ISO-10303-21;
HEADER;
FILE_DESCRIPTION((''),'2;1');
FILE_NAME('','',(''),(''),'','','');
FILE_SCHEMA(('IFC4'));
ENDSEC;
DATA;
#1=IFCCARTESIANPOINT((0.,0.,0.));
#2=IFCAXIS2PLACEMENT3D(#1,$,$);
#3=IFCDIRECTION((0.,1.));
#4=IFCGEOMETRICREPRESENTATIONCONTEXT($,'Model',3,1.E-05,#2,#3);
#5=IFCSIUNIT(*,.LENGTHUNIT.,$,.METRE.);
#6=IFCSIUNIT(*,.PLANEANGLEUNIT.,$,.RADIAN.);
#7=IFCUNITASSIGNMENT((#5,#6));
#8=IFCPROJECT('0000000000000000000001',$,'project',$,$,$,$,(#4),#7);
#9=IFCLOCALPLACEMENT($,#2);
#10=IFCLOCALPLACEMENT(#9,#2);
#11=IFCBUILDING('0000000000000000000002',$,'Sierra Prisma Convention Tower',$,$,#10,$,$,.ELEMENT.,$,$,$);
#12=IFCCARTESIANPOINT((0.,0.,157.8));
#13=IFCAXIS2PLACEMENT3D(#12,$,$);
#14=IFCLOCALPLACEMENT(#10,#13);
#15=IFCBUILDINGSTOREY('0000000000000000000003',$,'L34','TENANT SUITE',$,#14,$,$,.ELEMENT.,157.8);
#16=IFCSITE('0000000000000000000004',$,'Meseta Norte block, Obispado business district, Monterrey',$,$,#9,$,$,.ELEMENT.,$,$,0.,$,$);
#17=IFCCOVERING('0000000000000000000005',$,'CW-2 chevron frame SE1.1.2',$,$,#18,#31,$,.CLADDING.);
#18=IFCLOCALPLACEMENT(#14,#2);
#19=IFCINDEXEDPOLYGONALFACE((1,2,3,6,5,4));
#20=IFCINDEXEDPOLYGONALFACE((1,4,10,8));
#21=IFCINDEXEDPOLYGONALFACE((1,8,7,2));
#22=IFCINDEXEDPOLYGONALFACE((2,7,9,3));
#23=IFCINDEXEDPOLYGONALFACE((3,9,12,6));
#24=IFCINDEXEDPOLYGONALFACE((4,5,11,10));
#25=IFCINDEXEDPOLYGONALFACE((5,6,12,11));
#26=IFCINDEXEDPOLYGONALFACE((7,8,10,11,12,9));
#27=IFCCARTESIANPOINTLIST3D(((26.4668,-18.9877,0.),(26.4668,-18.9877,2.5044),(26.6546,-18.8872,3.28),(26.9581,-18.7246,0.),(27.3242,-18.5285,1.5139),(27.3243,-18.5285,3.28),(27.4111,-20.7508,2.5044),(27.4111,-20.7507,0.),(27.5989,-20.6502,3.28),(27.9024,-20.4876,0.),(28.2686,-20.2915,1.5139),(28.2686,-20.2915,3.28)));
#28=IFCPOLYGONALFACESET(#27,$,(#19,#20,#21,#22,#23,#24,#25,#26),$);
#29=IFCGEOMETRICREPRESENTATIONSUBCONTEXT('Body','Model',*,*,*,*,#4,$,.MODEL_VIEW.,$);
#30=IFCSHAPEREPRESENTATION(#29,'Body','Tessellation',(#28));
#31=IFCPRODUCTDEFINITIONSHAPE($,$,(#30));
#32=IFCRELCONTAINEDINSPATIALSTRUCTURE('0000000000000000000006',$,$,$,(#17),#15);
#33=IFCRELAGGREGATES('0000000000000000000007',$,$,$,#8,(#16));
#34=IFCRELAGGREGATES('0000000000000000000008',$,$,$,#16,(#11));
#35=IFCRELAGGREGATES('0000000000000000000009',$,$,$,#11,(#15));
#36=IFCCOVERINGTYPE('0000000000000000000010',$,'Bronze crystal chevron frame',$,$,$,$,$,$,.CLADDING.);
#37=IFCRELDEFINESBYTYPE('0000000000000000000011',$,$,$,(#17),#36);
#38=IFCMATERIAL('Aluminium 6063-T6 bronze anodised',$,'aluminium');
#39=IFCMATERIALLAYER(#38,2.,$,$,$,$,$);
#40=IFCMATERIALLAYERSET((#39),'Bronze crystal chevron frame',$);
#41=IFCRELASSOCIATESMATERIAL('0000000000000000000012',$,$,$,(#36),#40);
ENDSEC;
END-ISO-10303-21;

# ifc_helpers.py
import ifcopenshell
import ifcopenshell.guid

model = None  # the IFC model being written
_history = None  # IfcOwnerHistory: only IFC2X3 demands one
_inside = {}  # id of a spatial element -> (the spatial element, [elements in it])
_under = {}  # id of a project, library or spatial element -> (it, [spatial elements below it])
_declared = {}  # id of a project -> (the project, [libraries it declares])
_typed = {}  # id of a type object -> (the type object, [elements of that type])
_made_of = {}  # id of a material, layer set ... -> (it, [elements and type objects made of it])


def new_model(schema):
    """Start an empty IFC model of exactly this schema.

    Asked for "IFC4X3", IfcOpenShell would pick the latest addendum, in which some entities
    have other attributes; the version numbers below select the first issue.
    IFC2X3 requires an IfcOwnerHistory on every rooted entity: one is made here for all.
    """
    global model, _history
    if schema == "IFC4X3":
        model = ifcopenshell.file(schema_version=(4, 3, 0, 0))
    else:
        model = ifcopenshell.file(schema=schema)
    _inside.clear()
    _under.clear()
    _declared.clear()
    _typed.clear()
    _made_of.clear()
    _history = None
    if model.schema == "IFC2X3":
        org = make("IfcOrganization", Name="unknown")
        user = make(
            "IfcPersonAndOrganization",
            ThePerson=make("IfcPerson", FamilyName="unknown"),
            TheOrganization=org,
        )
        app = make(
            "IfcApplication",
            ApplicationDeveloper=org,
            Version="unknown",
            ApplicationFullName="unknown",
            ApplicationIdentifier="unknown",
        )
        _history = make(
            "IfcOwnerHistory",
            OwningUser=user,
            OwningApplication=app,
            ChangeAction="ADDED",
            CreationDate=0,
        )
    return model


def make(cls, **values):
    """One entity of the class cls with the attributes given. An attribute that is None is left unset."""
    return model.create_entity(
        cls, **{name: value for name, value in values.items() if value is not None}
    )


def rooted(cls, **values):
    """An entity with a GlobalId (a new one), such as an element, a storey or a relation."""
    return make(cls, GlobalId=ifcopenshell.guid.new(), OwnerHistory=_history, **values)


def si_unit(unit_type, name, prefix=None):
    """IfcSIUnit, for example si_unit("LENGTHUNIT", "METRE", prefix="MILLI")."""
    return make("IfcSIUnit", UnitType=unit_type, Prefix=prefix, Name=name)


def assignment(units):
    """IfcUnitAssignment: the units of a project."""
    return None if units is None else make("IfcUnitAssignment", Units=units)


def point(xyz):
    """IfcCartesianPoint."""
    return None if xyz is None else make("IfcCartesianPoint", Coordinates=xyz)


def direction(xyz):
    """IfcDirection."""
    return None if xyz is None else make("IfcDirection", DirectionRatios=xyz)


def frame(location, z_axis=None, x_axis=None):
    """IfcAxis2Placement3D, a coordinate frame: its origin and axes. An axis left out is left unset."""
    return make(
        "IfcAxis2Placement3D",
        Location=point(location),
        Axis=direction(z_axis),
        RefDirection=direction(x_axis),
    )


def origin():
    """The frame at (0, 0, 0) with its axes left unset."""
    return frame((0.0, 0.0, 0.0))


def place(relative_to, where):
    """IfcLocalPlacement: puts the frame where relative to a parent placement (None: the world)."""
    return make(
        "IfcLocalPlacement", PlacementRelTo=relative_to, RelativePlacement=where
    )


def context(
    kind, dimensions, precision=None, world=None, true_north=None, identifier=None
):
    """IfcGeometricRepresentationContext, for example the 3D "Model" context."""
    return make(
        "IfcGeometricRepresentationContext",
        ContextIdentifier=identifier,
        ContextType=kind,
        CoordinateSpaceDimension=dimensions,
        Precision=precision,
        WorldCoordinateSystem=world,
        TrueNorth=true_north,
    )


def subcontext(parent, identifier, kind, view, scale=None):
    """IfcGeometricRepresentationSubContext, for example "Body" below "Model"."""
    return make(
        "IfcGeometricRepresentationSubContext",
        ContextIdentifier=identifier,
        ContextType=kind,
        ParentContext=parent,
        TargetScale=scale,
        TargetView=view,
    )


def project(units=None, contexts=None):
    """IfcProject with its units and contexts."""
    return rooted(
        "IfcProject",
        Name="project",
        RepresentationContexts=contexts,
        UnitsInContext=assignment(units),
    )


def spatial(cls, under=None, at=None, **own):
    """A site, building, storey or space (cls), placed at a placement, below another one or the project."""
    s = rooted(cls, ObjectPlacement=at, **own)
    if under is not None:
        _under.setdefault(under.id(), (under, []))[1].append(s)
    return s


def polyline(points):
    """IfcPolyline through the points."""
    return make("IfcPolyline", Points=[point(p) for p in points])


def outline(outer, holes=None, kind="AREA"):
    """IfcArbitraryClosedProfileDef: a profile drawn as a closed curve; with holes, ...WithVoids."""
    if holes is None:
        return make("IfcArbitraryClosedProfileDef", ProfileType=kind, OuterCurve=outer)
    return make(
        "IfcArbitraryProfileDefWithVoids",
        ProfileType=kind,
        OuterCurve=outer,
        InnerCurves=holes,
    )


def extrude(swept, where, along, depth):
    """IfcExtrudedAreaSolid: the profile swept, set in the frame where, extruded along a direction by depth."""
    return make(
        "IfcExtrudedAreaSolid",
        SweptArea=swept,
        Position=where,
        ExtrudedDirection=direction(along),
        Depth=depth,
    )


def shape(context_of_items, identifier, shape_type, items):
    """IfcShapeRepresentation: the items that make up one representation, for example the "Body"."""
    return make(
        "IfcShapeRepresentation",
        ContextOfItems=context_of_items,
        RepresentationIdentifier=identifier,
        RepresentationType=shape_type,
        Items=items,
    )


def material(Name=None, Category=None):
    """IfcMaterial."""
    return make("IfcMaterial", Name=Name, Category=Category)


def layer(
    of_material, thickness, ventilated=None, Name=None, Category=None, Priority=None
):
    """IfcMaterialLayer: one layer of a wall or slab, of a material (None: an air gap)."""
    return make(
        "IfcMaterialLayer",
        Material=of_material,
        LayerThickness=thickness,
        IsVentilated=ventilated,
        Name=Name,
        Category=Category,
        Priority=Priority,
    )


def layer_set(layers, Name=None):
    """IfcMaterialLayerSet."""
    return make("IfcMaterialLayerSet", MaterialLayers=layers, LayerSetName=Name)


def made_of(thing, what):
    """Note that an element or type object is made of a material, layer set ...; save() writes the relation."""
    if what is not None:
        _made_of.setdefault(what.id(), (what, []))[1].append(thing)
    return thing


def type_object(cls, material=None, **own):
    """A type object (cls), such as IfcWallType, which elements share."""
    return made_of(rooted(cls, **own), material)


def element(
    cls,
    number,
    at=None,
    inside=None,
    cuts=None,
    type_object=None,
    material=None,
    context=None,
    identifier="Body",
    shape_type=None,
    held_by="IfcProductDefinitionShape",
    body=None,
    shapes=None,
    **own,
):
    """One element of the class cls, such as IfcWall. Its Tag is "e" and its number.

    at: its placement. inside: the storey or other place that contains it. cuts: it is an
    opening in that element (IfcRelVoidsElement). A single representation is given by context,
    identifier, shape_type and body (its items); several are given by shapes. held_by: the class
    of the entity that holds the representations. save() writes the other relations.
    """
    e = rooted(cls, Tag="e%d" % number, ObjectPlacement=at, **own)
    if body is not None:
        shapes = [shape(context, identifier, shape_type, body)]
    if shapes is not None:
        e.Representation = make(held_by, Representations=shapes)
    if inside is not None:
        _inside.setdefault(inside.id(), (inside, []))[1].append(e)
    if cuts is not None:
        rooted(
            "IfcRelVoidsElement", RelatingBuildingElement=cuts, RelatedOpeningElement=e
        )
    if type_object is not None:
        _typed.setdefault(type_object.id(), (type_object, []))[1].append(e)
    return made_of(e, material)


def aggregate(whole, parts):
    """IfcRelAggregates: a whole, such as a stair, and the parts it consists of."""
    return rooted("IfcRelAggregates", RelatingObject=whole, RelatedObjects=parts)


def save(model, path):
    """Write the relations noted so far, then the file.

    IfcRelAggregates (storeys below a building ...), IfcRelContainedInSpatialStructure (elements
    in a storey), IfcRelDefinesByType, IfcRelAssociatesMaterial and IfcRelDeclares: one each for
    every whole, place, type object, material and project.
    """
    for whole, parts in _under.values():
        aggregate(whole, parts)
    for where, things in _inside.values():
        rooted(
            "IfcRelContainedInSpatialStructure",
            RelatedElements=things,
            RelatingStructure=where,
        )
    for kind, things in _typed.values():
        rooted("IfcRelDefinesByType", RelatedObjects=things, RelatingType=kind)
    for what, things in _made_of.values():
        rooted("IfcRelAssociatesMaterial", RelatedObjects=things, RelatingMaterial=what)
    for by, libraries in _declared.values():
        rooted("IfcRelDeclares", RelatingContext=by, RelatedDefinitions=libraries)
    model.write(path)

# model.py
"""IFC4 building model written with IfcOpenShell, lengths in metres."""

from ifc_helpers import new_model, si_unit, direction, frame, origin, place, context, subcontext, project, spatial, polyline, outline, extrude, material, layer, layer_set, type_object, element, save


model = new_model("IFC4")

# Units and contexts
model_context = context("Model", 3, precision=1e-05, world=origin(), true_north=direction((0.0, 1.0)))
body_context = subcontext(model_context, "Body", "Model", "MODEL_VIEW")
ifc_project = project(units=[si_unit("LENGTHUNIT", "METRE"), si_unit("PLANEANGLEUNIT", "RADIAN")], contexts=[model_context])

# Site, building, storey
site_placement = place(None, origin())
site = spatial("IfcSite", under=ifc_project, at=site_placement, Name="Meseta Norte block, Obispado business district, Monterrey", CompositionType="ELEMENT", RefElevation=0.0)
building_placement = place(site_placement, origin())
building = spatial("IfcBuilding", under=site, at=building_placement, Name="Sierra Prisma Convention Tower", CompositionType="ELEMENT")
storey_placement = place(building_placement, frame((0.0, 0.0, 157.8)))
storey = spatial("IfcBuildingStorey", under=building, at=storey_placement, Name="L34", Description="TENANT SUITE", CompositionType="ELEMENT", Elevation=157.8)

# Covering
ifc_material_1 = material(Name="Aluminium 6063-T6 bronze anodised", Category="aluminium")
ifc_layer_1 = layer(ifc_material_1, 2.0)
ifc_layer_set_1 = layer_set([ifc_layer_1], Name="Bronze crystal chevron frame")
covering_type = type_object("IfcCoveringType", Name="Bronze crystal chevron frame", PredefinedType="CLADDING", material=ifc_layer_set_1)
covering_1_placement = place(storey_placement, frame((27.4111, -20.7507, 0.0), z_axis=(0.472154, -0.881516, -0.00001), x_axis=(0.881516, 0.472154, 0.0)))
element("IfcCovering", 1, at=covering_1_placement, inside=storey, type_object=covering_type, Name="CW-2 chevron frame SE1.1.2", PredefinedType="CLADDING", context=body_context, shape_type="SweptSolid", body=[
    extrude(outline(polyline([(0.0, 0.0), (0.5573, 0.0), (0.9727, 1.5139), (0.9727, 3.28), (0.213, 3.28), (0.0, 2.5044), (0.0, 0.0)])), origin(), (0.0, 0.0, -1.0), 2.0),
])

save(model, "model.ifc")
